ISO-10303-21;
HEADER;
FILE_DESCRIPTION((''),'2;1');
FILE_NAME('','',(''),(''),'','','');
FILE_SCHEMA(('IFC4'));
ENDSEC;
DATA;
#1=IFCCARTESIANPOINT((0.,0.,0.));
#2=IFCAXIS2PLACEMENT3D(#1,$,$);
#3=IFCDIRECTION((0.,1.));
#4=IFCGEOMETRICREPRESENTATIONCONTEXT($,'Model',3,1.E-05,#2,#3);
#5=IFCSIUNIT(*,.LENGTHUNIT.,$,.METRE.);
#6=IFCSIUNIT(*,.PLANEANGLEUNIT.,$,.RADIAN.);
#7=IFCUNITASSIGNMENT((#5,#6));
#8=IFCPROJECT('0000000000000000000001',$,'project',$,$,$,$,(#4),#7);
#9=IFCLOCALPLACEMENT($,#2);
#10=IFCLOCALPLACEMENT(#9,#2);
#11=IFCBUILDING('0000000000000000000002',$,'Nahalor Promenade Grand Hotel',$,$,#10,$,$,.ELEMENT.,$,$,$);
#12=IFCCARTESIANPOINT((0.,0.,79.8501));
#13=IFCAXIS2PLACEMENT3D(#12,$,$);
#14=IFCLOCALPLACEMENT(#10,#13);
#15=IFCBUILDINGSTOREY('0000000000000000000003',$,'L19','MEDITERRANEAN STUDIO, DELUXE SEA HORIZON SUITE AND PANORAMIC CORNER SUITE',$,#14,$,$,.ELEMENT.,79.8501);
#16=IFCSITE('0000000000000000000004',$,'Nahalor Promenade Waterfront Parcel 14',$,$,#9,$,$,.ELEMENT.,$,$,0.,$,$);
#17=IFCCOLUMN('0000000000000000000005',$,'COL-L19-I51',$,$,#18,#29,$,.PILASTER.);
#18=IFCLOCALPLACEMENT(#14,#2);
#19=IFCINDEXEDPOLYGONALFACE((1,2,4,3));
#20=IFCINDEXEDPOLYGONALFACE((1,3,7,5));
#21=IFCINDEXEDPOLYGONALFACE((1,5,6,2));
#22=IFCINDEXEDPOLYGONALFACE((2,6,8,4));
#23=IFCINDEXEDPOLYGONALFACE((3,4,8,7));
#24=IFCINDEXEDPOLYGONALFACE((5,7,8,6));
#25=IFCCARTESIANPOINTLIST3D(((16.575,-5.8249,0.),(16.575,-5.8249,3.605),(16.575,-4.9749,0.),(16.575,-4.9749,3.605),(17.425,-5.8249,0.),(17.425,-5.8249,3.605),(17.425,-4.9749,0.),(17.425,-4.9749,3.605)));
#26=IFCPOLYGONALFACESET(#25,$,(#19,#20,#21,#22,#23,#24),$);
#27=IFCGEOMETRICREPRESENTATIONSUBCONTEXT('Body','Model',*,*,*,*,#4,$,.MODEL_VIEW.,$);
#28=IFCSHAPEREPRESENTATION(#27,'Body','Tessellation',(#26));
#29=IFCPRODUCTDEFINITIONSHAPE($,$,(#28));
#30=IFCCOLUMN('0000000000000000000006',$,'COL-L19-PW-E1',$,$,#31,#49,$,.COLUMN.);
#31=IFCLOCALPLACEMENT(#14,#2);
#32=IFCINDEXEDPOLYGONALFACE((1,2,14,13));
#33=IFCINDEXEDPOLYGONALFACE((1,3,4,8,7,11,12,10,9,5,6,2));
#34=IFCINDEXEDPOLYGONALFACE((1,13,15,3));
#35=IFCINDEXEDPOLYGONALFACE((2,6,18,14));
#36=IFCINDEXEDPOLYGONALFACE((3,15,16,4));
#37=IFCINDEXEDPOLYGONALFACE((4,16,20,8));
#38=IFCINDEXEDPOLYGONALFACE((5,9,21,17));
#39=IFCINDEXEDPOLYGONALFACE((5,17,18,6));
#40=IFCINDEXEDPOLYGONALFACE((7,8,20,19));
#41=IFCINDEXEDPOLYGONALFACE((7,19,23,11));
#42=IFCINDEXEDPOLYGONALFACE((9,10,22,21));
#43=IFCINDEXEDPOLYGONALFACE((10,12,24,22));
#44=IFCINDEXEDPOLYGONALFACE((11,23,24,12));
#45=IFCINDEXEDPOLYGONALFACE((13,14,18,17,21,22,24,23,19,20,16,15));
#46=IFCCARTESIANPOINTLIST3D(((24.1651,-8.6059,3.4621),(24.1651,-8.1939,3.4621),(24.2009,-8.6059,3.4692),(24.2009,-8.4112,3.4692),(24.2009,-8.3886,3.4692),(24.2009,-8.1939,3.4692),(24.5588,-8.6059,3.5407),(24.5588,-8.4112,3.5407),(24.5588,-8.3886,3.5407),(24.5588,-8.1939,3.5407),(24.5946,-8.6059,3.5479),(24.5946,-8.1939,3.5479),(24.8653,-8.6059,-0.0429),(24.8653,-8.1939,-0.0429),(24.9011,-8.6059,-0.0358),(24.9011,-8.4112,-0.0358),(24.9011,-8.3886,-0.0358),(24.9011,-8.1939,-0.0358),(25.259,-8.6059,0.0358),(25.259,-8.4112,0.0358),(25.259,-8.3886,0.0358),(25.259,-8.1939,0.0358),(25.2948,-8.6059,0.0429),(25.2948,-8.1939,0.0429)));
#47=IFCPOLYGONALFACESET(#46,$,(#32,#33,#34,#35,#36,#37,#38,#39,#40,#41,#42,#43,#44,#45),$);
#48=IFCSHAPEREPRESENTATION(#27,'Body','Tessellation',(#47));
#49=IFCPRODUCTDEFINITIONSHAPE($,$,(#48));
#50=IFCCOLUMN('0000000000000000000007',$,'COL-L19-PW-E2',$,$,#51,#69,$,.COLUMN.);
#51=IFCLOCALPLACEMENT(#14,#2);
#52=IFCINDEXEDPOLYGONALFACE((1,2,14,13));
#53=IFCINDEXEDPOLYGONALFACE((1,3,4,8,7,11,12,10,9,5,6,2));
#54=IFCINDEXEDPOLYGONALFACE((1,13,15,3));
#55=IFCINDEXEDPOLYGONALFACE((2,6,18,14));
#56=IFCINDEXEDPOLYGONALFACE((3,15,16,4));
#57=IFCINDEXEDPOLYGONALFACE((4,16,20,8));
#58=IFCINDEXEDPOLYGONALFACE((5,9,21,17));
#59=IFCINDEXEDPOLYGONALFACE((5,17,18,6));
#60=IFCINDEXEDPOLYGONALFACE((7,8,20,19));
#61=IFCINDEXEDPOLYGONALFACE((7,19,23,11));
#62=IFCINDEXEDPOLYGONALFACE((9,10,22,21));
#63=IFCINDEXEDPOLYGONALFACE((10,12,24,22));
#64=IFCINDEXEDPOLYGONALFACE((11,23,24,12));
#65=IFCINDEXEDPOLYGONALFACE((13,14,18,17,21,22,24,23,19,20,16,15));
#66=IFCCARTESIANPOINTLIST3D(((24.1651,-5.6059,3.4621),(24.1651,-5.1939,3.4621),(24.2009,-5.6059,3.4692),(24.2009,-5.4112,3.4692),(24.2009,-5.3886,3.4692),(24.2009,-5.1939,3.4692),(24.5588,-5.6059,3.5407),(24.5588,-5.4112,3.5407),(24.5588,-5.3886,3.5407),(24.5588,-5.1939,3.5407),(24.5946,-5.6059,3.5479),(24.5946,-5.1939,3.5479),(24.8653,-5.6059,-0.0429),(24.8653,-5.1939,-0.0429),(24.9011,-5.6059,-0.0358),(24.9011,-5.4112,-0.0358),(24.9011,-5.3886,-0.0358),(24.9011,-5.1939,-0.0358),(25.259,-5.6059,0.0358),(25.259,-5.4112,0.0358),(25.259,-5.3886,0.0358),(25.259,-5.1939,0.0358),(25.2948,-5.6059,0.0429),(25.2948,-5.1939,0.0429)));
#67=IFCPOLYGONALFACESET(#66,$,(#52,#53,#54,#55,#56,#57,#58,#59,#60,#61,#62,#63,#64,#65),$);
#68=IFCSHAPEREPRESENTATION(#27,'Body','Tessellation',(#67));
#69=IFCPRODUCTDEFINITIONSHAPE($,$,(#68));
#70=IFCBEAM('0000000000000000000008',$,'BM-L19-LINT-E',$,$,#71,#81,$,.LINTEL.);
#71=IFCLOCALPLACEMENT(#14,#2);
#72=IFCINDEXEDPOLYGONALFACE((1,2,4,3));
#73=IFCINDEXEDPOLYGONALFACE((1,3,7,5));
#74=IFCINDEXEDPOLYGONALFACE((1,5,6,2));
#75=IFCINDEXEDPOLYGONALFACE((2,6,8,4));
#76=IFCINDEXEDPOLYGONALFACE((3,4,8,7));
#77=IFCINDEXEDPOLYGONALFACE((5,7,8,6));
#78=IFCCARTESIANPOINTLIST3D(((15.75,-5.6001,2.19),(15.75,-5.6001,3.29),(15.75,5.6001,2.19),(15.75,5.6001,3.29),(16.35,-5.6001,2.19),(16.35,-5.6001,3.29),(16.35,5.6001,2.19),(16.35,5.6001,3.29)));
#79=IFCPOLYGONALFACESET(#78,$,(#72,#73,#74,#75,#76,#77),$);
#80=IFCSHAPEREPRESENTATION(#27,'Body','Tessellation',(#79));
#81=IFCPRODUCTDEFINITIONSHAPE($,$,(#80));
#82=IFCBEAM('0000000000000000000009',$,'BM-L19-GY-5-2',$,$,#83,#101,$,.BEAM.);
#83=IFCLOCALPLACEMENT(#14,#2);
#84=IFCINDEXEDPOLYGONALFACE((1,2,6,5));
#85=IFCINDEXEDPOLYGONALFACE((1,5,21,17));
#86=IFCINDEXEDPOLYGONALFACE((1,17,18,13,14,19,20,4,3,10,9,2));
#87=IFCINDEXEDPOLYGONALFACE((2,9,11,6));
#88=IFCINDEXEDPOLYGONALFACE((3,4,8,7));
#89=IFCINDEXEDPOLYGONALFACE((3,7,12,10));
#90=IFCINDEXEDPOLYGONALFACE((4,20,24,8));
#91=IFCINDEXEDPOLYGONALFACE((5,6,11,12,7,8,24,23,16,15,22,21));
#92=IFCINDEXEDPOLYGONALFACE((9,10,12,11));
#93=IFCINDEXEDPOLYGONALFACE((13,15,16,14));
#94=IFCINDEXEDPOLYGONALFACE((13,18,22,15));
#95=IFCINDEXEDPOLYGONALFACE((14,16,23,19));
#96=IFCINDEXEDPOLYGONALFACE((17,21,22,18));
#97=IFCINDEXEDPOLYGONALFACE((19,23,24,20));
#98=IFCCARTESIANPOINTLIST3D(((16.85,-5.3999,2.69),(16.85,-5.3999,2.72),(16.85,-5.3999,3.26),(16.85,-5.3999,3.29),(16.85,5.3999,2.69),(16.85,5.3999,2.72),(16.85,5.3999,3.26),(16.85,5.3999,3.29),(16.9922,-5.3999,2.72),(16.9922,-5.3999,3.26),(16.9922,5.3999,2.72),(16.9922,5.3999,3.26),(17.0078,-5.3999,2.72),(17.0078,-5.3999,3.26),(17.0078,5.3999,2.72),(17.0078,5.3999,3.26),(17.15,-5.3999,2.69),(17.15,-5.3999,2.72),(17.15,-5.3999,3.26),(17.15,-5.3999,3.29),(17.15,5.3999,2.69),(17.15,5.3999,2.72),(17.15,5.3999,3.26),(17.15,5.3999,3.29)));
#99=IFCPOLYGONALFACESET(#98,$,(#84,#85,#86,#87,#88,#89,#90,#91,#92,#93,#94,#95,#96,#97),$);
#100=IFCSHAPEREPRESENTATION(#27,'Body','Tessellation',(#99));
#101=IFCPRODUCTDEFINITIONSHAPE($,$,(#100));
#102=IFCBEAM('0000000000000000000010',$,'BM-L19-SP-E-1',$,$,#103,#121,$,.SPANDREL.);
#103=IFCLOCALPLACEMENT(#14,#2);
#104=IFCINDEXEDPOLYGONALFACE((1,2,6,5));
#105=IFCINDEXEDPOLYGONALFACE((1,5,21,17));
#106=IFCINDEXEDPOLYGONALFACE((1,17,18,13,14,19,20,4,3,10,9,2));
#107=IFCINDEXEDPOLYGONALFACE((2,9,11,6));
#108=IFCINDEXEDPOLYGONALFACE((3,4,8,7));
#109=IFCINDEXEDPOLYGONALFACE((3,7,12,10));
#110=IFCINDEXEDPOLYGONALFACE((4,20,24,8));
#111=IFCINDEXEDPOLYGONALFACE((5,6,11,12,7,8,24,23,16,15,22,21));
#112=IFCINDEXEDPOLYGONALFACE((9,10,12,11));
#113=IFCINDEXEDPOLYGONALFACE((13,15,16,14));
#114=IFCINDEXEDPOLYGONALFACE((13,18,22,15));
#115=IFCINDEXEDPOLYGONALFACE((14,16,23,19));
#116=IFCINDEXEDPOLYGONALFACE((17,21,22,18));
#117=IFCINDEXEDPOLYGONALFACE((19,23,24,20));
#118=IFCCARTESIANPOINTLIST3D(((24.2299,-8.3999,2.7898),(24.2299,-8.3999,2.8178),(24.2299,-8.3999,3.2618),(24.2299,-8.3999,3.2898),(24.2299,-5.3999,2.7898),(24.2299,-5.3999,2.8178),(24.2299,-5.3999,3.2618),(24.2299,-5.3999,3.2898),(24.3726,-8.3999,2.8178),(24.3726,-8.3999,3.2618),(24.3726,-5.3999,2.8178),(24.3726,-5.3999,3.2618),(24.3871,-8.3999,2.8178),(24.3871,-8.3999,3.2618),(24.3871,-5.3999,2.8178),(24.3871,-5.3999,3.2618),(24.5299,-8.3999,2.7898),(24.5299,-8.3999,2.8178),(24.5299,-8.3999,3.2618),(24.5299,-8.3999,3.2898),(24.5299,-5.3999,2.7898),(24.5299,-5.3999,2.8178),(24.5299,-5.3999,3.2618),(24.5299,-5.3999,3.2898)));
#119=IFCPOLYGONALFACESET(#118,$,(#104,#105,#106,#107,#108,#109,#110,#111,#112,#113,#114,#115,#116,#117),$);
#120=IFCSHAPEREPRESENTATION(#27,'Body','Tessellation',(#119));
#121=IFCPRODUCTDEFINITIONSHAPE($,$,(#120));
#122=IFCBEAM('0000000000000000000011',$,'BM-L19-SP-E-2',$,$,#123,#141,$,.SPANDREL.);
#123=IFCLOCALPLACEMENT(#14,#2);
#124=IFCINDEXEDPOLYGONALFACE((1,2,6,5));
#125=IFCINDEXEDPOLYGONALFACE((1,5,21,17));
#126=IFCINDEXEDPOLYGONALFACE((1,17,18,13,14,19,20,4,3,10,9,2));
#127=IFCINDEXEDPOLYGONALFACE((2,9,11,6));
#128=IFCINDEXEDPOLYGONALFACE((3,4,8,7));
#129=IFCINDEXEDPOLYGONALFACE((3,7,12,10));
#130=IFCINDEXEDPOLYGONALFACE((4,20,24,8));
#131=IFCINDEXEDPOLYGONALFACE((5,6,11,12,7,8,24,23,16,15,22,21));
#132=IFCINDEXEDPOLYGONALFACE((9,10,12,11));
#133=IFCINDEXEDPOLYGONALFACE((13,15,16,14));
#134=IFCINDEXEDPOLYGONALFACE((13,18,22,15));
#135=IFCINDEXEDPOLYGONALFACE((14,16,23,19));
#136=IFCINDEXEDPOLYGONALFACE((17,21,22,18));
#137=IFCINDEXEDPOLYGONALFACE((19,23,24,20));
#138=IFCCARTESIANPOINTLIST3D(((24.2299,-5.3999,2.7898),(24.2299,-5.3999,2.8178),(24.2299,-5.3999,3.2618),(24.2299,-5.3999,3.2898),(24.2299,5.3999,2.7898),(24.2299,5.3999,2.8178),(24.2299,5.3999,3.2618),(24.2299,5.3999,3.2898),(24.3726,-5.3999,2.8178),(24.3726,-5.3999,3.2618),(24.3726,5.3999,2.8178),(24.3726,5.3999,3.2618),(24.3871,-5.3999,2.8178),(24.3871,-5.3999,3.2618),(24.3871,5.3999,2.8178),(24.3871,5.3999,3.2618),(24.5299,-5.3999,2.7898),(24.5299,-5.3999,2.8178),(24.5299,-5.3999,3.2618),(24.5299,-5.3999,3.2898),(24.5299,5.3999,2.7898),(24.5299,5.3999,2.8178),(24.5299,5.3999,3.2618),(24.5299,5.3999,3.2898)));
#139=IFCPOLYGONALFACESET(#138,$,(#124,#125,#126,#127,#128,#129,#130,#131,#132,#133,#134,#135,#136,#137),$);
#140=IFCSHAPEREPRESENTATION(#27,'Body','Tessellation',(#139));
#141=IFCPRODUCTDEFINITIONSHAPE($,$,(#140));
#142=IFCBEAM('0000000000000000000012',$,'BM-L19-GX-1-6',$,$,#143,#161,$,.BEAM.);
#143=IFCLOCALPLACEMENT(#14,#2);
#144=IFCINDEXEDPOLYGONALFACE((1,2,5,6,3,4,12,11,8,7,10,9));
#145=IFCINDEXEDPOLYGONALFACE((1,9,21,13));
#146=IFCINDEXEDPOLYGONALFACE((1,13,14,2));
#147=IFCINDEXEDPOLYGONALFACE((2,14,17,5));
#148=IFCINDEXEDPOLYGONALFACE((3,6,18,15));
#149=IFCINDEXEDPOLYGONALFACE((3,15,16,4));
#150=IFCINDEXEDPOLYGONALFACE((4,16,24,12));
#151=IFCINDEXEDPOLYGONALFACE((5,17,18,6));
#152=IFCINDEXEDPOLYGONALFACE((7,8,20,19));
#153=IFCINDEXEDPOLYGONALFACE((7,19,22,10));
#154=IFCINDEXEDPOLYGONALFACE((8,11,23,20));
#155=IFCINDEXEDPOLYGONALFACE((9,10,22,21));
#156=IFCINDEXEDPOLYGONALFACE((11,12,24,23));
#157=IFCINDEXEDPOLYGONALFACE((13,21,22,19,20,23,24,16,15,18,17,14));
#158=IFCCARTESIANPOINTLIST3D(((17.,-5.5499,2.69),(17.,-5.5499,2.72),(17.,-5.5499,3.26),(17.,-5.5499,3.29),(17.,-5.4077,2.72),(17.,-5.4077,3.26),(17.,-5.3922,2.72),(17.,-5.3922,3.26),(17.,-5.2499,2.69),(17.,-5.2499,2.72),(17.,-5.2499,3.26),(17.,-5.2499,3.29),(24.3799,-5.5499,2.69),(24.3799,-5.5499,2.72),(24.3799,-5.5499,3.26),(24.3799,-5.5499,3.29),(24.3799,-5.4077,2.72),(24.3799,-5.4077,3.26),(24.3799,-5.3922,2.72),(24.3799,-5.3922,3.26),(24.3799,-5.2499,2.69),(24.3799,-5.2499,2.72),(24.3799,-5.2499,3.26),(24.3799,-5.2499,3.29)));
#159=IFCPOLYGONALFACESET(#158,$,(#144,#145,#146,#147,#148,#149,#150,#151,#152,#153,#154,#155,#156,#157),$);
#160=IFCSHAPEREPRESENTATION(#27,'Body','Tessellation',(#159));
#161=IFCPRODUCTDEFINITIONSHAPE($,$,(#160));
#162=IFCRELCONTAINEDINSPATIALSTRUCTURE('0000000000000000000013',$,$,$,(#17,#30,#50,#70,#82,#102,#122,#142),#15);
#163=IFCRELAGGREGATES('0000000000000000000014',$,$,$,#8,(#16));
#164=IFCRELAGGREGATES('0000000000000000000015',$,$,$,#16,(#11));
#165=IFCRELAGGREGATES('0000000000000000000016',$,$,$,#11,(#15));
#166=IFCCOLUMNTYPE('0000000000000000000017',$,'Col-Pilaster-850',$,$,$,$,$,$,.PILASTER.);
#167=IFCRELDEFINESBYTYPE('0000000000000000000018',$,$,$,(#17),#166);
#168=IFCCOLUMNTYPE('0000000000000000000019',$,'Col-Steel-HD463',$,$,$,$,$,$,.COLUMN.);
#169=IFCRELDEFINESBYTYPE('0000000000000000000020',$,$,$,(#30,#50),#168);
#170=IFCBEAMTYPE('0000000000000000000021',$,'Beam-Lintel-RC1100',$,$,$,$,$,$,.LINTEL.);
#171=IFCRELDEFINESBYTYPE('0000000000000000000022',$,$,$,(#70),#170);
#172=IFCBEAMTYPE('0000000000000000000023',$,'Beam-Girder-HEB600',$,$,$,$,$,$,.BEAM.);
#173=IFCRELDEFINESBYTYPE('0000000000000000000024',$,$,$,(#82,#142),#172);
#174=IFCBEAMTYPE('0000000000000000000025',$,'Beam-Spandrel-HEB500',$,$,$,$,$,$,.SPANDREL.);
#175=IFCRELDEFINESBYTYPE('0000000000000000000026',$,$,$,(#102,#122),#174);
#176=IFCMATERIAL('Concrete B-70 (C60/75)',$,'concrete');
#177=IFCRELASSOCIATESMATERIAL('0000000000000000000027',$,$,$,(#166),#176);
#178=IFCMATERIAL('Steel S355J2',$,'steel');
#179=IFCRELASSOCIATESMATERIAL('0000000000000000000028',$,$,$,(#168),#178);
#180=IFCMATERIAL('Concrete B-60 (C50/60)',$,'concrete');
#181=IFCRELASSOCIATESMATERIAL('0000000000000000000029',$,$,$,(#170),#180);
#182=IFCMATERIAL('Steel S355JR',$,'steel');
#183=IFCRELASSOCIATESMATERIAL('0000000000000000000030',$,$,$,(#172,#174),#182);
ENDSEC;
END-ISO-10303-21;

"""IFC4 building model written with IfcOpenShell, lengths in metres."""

from ifc_helpers import new_model, si_unit, direction, frame, origin, origin_2d, place, context, subcontext, project, spatial, rectangle, i_section, extrude, source, transform, mapped, material, material_profile, profile_set, type_object, element, save


model = new_model("IFC4")

# Units and contexts
model_context = context("Model", 3, precision=1e-05, world=origin(), true_north=direction((0.0, 1.0)))
body_context = subcontext(model_context, "Body", "Model", "MODEL_VIEW")
ifc_project = project(units=[si_unit("LENGTHUNIT", "METRE"), si_unit("PLANEANGLEUNIT", "RADIAN")], contexts=[model_context])

# Site, building, storey
site_placement = place(None, origin())
site = spatial("IfcSite", under=ifc_project, at=site_placement, Name="Nahalor Promenade Waterfront Parcel 14", CompositionType="ELEMENT", RefElevation=0.0)
building_placement = place(site_placement, origin())
building = spatial("IfcBuilding", under=site, at=building_placement, Name="Nahalor Promenade Grand Hotel", CompositionType="ELEMENT")
storey_placement = place(building_placement, frame((0.0, 0.0, 79.8501)))
storey = spatial("IfcBuildingStorey", under=building, at=storey_placement, Name="L19", Description="MEDITERRANEAN STUDIO, DELUXE SEA HORIZON SUITE AND PANORAMIC CORNER SUITE", CompositionType="ELEMENT", Elevation=79.8501)

# Columns
ifc_material_1 = material(Name="Concrete B-70 (C60/75)", Category="concrete")
ifc_material_profile_1 = material_profile(ifc_material_1, rectangle(XDim=0.85, YDim=0.85, at=origin_2d()), Name="RC 850x850")
ifc_profile_set_1 = profile_set([ifc_material_profile_1], Name="Concrete B-70 (C60/75)")
column_type_1 = type_object("IfcColumnType", Name="Col-Pilaster-850", PredefinedType="PILASTER", material=ifc_profile_set_1)
shared_shape_1 = source(origin(), body_context, "Body", "SweptSolid", [
    extrude(rectangle(XDim=0.85, YDim=0.85, at=origin_2d()), origin(), (0.0, 0.0, 1.0), 3.605),
])
column_placement = place(storey_placement, frame((17.0, -5.3999, 0.0), z_axis=(0.0, 0.0, 1.0), x_axis=(1.0, 0.0, 0.0)))
element("IfcColumn", 1, at=column_placement, inside=storey, type_object=column_type_1, Name="COL-L19-I51", PredefinedType="PILASTER", context=body_context, shape_type="MappedRepresentation", body=[
    mapped(shared_shape_1, transform((0.0, 0.0, 0.0), scale=1.0)),
])
ifc_material_2 = material(Name="Steel S355J2", Category="steel")
ifc_material_profile_2 = material_profile(ifc_material_2, i_section(OverallWidth=0.412, OverallDepth=0.438, WebThickness=0.0226, FlangeThickness=0.0365, at=origin_2d()), Name="HD 400x463")
ifc_profile_set_2 = profile_set([ifc_material_profile_2], Name="Steel S355J2")
column_type_2 = type_object("IfcColumnType", Name="Col-Steel-HD463", PredefinedType="COLUMN", material=ifc_profile_set_2)
shared_shape_2 = source(origin(), body_context, "Body", "SweptSolid", [
    extrude(i_section(OverallWidth=0.412, OverallDepth=0.438, WebThickness=0.0226, FlangeThickness=0.0365, at=origin_2d()), origin(), (0.0, 0.0, 1.0), 3.5742),
])
for number, where, z_axis, x_axis, name in (
    (2, (25.0801, -8.3999, 0.0), (-0.195906, 0.0, 0.980623), (0.0, -1.0, 0.0), "COL-L19-PW-E1"),
    (3, (25.0801, -5.3999, 0.0), (-0.195906, 0.0, 0.980623), (0.0, -1.0, 0.0), "COL-L19-PW-E2"),
):
    element("IfcColumn", number, at=place(storey_placement, frame(where, z_axis=z_axis, x_axis=x_axis)), inside=storey, type_object=column_type_2, Name=name, PredefinedType="COLUMN", context=body_context, shape_type="MappedRepresentation", body=[
        mapped(shared_shape_2, transform((0.0, 0.0, 0.0), scale=1.0)),
    ])

# Beams
ifc_material_3 = material(Name="Concrete B-60 (C50/60)", Category="concrete")
ifc_material_profile_3 = material_profile(ifc_material_3, rectangle(XDim=0.6, YDim=1.1, at=origin_2d()), Name="RC 600x1100")
ifc_profile_set_3 = profile_set([ifc_material_profile_3], Name="Concrete B-60 (C50/60)")
beam_type_1 = type_object("IfcBeamType", Name="Beam-Lintel-RC1100", PredefinedType="LINTEL", material=ifc_profile_set_3)
shared_shape_3 = source(origin(), body_context, "Body", "SweptSolid", [
    extrude(rectangle(XDim=0.6, YDim=1.1, at=origin_2d()), origin(), (0.0, 0.0, 1.0), 11.2002),
])
beam_1_placement = place(storey_placement, frame((16.05, -5.6001, 2.74), z_axis=(0.0, 1.0, 0.0), x_axis=(-1.0, 0.0, 0.0)))
element("IfcBeam", 4, at=beam_1_placement, inside=storey, type_object=beam_type_1, Name="BM-L19-LINT-E", PredefinedType="LINTEL", context=body_context, shape_type="MappedRepresentation", body=[
    mapped(shared_shape_3, transform((0.0, 0.0, 0.0), scale=1.0)),
])
ifc_material_4 = material(Name="Steel S355JR", Category="steel")
ifc_material_profile_4 = material_profile(ifc_material_4, i_section(OverallWidth=0.3, OverallDepth=0.6, WebThickness=0.0155, FlangeThickness=0.03, at=origin_2d()), Name="HEB 600")
ifc_profile_set_4 = profile_set([ifc_material_profile_4], Name="Steel S355JR")
beam_type_2 = type_object("IfcBeamType", Name="Beam-Girder-HEB600", PredefinedType="BEAM", material=ifc_profile_set_4)
shared_shape_4 = source(origin(), body_context, "Body", "SweptSolid", [
    extrude(i_section(OverallWidth=0.3, OverallDepth=0.6, WebThickness=0.0155, FlangeThickness=0.03, at=origin_2d()), origin(), (0.0, 0.0, 1.0), 10.7998),
])
beam_2_placement = place(storey_placement, frame((17.0, -5.3999, 2.99), z_axis=(0.0, 1.0, 0.0), x_axis=(-1.0, 0.0, 0.0)))
element("IfcBeam", 5, at=beam_2_placement, inside=storey, type_object=beam_type_2, Name="BM-L19-GY-5-2", PredefinedType="BEAM", context=body_context, shape_type="MappedRepresentation", body=[
    mapped(shared_shape_4, transform((0.0, 0.0, 0.0), scale=1.0)),
])
ifc_material_profile_5 = material_profile(ifc_material_4, i_section(OverallWidth=0.3, OverallDepth=0.5, WebThickness=0.0145, FlangeThickness=0.028, at=origin_2d()), Name="HEB 500")
ifc_profile_set_5 = profile_set([ifc_material_profile_5], Name="Steel S355JR")
beam_type_3 = type_object("IfcBeamType", Name="Beam-Spandrel-HEB500", PredefinedType="SPANDREL", material=ifc_profile_set_5)
shared_shape_5 = source(origin(), body_context, "Body", "SweptSolid", [
    extrude(i_section(OverallWidth=0.3, OverallDepth=0.5, WebThickness=0.0145, FlangeThickness=0.028, at=origin_2d()), origin(), (0.0, 0.0, 1.0), 3.0),
])
beam_3_placement = place(storey_placement, frame((24.3799, -8.3999, 3.0398), z_axis=(0.0, 1.0, 0.0), x_axis=(-1.0, 0.0, 0.0)))
element("IfcBeam", 6, at=beam_3_placement, inside=storey, type_object=beam_type_3, Name="BM-L19-SP-E-1", PredefinedType="SPANDREL", context=body_context, shape_type="MappedRepresentation", body=[
    mapped(shared_shape_5, transform((0.0, 0.0, 0.0), scale=1.0)),
])
shared_shape_6 = source(origin(), body_context, "Body", "SweptSolid", [
    extrude(i_section(OverallWidth=0.3, OverallDepth=0.5, WebThickness=0.0145, FlangeThickness=0.028, at=origin_2d()), origin(), (0.0, 0.0, 1.0), 10.7998),
])
beam_4_placement = place(storey_placement, frame((24.3799, -5.3999, 3.0398), z_axis=(0.0, 1.0, 0.0), x_axis=(-1.0, 0.0, 0.0)))
element("IfcBeam", 7, at=beam_4_placement, inside=storey, type_object=beam_type_3, Name="BM-L19-SP-E-2", PredefinedType="SPANDREL", context=body_context, shape_type="MappedRepresentation", body=[
    mapped(shared_shape_6, transform((0.0, 0.0, 0.0), scale=1.0)),
])
shared_shape_7 = source(origin(), body_context, "Body", "SweptSolid", [
    extrude(i_section(OverallWidth=0.3, OverallDepth=0.6, WebThickness=0.0155, FlangeThickness=0.03, at=origin_2d()), origin(), (0.0, 0.0, 1.0), 7.3799),
])
beam_5_placement = place(storey_placement, frame((17.0, -5.3999, 2.99), z_axis=(1.0, 0.0, 0.0), x_axis=(0.0, 1.0, 0.0)))
element("IfcBeam", 8, at=beam_5_placement, inside=storey, type_object=beam_type_2, Name="BM-L19-GX-1-6", PredefinedType="BEAM", context=body_context, shape_type="MappedRepresentation", body=[
    mapped(shared_shape_7, transform((0.0, 0.0, 0.0), scale=1.0)),
])

save(model, "model.ifc")
